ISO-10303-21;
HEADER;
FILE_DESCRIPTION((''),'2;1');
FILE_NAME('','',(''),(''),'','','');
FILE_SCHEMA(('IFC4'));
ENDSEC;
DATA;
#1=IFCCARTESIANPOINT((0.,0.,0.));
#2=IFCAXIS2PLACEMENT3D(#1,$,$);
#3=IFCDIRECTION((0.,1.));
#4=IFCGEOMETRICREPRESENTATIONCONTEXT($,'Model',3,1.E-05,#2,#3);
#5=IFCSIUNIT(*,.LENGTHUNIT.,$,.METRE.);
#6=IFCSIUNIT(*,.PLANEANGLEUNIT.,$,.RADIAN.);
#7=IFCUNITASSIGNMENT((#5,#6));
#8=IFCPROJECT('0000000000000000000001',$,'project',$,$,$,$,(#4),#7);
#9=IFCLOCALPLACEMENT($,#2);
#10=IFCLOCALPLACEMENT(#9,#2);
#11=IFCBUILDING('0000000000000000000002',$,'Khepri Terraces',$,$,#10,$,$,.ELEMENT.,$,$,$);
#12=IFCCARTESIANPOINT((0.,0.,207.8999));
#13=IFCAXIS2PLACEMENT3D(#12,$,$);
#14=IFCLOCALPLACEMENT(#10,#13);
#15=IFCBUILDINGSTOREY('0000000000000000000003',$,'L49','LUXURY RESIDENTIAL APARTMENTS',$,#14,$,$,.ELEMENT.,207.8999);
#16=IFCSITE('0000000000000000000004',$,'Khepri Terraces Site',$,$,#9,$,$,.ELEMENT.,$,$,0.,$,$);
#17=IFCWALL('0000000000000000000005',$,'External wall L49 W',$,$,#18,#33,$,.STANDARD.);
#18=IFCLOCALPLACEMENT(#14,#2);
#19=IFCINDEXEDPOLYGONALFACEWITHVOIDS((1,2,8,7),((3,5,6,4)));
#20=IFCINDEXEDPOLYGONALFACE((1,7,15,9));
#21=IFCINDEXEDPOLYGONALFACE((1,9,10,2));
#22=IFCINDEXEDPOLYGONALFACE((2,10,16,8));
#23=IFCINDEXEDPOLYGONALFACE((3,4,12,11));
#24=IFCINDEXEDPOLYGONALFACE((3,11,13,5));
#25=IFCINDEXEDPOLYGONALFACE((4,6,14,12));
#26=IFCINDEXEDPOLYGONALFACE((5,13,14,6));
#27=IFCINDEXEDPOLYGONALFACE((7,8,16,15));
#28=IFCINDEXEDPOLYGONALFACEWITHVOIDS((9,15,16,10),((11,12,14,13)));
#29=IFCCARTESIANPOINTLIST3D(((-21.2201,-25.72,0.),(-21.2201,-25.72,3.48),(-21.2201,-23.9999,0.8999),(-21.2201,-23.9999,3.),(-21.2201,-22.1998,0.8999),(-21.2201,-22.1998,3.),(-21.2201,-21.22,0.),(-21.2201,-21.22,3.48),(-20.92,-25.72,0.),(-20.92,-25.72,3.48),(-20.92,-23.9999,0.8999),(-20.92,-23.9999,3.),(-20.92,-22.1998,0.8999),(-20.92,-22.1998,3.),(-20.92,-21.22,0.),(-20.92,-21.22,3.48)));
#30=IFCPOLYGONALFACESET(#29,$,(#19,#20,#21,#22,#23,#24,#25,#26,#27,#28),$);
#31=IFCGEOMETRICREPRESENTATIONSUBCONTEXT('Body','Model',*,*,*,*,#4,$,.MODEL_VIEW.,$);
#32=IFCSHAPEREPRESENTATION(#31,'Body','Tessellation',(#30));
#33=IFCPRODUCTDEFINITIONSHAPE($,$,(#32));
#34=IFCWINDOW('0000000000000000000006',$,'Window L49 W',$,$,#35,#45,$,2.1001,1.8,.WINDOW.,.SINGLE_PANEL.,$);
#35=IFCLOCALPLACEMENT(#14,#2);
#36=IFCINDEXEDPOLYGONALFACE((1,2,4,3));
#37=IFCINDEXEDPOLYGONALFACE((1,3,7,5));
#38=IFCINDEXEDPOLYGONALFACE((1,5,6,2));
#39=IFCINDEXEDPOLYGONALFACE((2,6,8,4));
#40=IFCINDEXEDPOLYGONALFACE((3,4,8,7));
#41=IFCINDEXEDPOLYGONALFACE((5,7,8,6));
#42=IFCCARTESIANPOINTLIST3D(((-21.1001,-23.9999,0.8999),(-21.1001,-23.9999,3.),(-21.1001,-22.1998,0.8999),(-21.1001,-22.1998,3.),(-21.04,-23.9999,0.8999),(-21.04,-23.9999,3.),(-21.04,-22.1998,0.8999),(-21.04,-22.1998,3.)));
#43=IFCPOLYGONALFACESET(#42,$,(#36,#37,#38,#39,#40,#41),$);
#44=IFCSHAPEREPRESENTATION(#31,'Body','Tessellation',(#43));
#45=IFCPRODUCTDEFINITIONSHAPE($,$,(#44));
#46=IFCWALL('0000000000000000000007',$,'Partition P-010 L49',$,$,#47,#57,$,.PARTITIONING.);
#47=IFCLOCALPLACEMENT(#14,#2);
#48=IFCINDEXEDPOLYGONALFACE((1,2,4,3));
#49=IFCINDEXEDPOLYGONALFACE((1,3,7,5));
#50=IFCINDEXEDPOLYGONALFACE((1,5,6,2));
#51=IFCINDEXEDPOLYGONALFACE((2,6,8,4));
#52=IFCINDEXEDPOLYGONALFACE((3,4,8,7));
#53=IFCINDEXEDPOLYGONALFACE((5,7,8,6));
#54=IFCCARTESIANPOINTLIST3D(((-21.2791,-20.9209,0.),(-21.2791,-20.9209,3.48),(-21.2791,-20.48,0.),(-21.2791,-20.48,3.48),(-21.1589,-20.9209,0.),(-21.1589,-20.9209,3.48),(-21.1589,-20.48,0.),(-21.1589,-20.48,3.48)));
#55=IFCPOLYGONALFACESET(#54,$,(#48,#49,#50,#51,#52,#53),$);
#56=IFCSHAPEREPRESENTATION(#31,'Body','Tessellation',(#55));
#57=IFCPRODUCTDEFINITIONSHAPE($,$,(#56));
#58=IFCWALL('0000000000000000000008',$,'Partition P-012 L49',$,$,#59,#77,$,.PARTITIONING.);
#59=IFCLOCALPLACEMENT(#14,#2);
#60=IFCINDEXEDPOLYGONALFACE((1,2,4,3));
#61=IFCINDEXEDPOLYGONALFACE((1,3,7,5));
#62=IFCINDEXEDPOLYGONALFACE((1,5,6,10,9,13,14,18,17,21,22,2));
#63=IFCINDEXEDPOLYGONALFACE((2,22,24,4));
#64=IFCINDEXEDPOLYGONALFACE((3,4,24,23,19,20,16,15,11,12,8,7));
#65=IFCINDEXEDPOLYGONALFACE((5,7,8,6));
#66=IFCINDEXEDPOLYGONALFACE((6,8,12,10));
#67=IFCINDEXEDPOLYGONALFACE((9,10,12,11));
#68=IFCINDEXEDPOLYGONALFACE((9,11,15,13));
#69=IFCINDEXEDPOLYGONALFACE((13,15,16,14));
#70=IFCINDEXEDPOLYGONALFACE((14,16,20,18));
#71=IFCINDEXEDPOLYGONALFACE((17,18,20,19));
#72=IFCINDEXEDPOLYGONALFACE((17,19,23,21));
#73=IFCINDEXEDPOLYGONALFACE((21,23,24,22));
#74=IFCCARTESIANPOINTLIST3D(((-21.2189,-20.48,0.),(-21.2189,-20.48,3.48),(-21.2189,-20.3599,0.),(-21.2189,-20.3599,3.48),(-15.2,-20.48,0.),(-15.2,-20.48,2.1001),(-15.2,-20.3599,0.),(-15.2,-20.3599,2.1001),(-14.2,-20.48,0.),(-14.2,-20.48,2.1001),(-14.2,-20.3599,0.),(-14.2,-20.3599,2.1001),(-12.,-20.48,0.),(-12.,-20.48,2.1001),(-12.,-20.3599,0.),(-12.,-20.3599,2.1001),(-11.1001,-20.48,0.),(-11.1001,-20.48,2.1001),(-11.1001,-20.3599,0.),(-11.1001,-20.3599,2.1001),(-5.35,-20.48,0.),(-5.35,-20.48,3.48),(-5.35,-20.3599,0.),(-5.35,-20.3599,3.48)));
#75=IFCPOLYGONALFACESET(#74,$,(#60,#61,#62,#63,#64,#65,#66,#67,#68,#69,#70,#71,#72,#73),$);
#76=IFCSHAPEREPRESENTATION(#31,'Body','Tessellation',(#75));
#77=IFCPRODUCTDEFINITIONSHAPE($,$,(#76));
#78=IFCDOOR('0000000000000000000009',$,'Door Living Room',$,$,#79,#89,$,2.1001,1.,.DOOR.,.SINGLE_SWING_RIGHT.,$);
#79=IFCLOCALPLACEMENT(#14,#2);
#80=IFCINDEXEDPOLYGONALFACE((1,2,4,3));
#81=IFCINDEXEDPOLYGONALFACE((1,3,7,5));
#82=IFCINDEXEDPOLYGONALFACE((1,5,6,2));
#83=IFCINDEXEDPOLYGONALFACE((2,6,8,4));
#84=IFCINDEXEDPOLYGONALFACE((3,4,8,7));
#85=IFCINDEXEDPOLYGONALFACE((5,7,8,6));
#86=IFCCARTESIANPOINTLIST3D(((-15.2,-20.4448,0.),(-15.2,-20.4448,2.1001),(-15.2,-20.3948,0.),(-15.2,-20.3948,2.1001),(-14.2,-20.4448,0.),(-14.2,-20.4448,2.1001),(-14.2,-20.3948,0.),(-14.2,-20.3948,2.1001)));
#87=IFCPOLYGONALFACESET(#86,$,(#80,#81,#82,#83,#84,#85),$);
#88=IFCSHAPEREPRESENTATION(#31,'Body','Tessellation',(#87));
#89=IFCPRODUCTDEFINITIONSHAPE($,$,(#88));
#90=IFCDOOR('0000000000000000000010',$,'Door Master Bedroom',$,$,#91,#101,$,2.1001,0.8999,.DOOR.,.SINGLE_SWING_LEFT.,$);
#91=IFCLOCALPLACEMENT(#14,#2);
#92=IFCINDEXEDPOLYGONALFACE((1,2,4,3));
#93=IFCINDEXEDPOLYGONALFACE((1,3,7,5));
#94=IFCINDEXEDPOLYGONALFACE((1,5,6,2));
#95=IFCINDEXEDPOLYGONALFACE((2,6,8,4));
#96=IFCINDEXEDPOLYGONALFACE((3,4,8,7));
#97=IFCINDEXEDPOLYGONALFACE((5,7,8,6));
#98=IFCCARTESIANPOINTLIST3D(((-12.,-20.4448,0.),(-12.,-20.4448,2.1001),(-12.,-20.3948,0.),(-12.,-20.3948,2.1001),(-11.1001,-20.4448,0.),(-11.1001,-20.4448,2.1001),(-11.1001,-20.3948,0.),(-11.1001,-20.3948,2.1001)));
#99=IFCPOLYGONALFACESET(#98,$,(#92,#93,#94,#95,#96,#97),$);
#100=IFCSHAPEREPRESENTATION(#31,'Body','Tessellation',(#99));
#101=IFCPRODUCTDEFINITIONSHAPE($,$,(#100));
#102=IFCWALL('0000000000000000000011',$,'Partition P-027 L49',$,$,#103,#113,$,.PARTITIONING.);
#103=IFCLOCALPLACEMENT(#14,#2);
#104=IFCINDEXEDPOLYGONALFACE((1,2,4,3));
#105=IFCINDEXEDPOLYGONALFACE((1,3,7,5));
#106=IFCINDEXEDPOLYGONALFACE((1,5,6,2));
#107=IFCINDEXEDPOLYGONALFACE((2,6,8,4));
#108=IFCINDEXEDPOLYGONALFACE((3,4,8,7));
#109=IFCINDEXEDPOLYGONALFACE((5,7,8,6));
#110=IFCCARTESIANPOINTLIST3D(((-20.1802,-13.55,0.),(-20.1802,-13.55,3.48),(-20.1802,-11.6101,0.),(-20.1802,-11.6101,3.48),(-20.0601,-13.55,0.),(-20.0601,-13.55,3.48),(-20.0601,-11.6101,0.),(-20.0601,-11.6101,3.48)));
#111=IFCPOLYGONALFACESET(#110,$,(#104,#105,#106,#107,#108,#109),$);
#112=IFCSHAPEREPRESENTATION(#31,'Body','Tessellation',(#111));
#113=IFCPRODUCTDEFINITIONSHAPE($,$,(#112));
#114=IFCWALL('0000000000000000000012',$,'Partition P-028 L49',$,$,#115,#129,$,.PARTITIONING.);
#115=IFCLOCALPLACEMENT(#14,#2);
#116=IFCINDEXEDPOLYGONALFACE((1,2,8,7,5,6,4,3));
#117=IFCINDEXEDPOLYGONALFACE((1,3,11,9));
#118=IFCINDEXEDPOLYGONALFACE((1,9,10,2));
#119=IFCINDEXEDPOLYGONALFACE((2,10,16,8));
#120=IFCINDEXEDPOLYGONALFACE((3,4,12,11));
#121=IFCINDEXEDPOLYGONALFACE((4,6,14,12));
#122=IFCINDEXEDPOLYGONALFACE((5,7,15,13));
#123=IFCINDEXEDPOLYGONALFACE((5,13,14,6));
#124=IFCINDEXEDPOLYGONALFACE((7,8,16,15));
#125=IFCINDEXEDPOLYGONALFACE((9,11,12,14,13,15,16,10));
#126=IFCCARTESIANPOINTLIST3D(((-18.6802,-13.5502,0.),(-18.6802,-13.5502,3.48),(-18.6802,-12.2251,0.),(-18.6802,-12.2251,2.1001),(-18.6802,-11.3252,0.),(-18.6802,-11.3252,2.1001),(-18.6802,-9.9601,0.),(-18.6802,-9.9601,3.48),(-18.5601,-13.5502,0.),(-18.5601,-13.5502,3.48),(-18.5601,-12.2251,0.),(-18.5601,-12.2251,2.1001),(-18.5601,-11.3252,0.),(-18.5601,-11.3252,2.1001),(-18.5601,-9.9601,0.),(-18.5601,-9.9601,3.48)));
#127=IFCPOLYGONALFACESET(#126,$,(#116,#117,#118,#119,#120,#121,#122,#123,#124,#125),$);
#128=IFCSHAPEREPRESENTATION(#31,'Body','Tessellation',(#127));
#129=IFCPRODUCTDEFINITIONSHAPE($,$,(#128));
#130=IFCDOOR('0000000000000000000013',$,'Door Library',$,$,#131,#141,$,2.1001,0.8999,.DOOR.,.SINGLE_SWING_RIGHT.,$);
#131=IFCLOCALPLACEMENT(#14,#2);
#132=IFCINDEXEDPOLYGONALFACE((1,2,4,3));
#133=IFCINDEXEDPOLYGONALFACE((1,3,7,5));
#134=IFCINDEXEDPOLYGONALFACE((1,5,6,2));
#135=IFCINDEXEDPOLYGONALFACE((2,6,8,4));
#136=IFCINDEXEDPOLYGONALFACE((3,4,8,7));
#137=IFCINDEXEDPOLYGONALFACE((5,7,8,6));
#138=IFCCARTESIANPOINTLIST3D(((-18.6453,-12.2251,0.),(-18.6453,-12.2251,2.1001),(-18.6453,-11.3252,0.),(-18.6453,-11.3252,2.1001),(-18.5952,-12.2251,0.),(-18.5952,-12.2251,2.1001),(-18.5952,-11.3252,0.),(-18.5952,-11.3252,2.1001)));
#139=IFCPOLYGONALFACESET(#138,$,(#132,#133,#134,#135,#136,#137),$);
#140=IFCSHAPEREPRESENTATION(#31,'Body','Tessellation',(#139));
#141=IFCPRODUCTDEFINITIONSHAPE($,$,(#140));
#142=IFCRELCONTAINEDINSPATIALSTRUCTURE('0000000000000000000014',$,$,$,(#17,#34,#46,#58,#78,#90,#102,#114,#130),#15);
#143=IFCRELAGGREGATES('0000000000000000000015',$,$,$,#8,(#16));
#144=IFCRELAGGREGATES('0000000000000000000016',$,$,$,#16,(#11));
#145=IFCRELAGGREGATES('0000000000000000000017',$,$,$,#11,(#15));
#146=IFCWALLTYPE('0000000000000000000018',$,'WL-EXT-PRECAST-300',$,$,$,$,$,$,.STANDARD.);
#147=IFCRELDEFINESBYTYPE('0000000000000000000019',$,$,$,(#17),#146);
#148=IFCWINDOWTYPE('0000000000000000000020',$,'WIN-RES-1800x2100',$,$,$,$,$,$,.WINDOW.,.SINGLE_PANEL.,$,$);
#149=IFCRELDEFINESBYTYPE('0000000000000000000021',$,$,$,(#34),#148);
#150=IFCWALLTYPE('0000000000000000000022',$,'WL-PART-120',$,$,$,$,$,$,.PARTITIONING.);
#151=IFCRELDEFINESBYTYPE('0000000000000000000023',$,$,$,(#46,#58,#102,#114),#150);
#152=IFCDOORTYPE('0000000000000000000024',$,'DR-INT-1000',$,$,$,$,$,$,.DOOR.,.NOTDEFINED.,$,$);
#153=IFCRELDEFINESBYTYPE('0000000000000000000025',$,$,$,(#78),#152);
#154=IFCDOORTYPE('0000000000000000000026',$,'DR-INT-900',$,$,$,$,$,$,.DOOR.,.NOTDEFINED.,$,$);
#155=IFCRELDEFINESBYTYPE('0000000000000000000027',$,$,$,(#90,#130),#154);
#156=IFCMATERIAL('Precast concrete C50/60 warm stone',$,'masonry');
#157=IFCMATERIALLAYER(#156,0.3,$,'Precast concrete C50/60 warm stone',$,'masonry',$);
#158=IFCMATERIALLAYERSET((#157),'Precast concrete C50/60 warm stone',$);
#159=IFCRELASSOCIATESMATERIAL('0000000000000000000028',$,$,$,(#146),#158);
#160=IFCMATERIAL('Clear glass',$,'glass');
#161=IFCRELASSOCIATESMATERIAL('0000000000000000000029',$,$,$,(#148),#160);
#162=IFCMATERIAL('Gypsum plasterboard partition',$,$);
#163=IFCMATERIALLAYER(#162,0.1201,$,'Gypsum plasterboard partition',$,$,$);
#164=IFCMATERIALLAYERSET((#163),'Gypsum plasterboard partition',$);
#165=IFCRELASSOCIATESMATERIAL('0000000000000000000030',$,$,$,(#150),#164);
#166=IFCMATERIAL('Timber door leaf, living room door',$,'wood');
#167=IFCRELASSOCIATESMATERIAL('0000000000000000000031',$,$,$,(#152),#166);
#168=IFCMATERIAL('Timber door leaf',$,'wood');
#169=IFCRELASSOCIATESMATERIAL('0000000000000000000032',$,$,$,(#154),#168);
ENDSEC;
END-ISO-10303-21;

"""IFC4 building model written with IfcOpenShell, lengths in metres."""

from ifc_helpers import new_model, si_unit, direction, frame, frame_2d, origin, place, context, subcontext, project, spatial, rectangle, extrude, material, layer, layer_set, type_object, element, fill, save


model = new_model("IFC4")

# Units and contexts
model_context = context("Model", 3, precision=1e-05, world=origin(), true_north=direction((0.0, 1.0)))
body_context = subcontext(model_context, "Body", "Model", "MODEL_VIEW")
ifc_project = project(units=[si_unit("LENGTHUNIT", "METRE"), si_unit("PLANEANGLEUNIT", "RADIAN")], contexts=[model_context])

# Site, building, storey
site_placement = place(None, origin())
site = spatial("IfcSite", under=ifc_project, at=site_placement, Name="Khepri Terraces Site", CompositionType="ELEMENT", RefElevation=0.0)
building_placement = place(site_placement, origin())
building = spatial("IfcBuilding", under=site, at=building_placement, Name="Khepri Terraces", CompositionType="ELEMENT")
storey_placement = place(building_placement, frame((0.0, 0.0, 207.8999)))
storey = spatial("IfcBuildingStorey", under=building, at=storey_placement, Name="L49", Description="LUXURY RESIDENTIAL APARTMENTS", CompositionType="ELEMENT", Elevation=207.8999)

# Wall, opening, window
ifc_material_1 = material(Name="Precast concrete C50/60 warm stone", Category="masonry")
ifc_layer_1 = layer(ifc_material_1, 0.3, Name="Precast concrete C50/60 warm stone", Category="masonry")
ifc_layer_set_1 = layer_set([ifc_layer_1], Name="Precast concrete C50/60 warm stone")
wall_type_1 = type_object("IfcWallType", Name="WL-EXT-PRECAST-300", PredefinedType="STANDARD", material=ifc_layer_set_1)
ifc_material_2 = material(Name="Clear glass", Category="glass")
window_type = type_object("IfcWindowType", Name="WIN-RES-1800x2100", PartitioningType="SINGLE_PANEL", PredefinedType="WINDOW", material=ifc_material_2)
wall_1_placement = place(storey_placement, frame((-21.0701, -21.22, 0.0), z_axis=(0.0, 0.0, 1.0), x_axis=(0.0, -1.0, 0.0)))
wall_1 = element("IfcWall", 1, at=wall_1_placement, inside=storey, type_object=wall_type_1, Name="External wall L49 W", PredefinedType="STANDARD", context=body_context, shape_type="SweptSolid", body=[
    extrude(rectangle(XDim=4.5, YDim=0.3, at=frame_2d((2.25, 0.0))), origin(), (0.0, 0.0, 1.0), 3.48),
])
opening_1_placement = place(wall_1_placement, frame((0.98, 0.0, 0.8999)))
opening_1 = element("IfcOpeningElement", 2, at=opening_1_placement, cuts=wall_1, PredefinedType="OPENING", context=body_context, shape_type="SweptSolid", body=[
    extrude(rectangle(XDim=1.8, YDim=2.1001, at=frame_2d((0.8999, 1.05))), frame((0.0, 0.1602, 0.0), z_axis=(0.0, -1.0, 0.0), x_axis=(1.0, 0.0, 0.0)), (0.0, 0.0, 1.0), 0.3201),
])
window_1_placement = place(opening_1_placement, origin())
window_1 = element("IfcWindow", 3, at=window_1_placement, inside=storey, type_object=window_type, Name="Window L49 W", OverallHeight=2.1001, OverallWidth=1.8, PartitioningType="SINGLE_PANEL", PredefinedType="WINDOW", context=body_context, shape_type="SweptSolid", body=[
    extrude(rectangle(XDim=1.8, YDim=2.1001, at=frame_2d((0.8999, 1.05))), frame((0.0, 0.03, 0.0), z_axis=(0.0, -1.0, 0.0), x_axis=(1.0, 0.0, 0.0)), (0.0, 0.0, 1.0), 0.0601),
])
fill(opening_1, window_1)

# Wall
ifc_material_3 = material(Name="Gypsum plasterboard partition")
ifc_layer_2 = layer(ifc_material_3, 0.1201, Name="Gypsum plasterboard partition")
ifc_layer_set_2 = layer_set([ifc_layer_2], Name="Gypsum plasterboard partition")
wall_type_2 = type_object("IfcWallType", Name="WL-PART-120", PredefinedType="PARTITIONING", material=ifc_layer_set_2)
wall_2_placement = place(storey_placement, frame((-21.219, -20.9209, 0.0), z_axis=(0.0, 0.0, 1.0), x_axis=(0.0, 1.0, 0.0)))
element("IfcWall", 4, at=wall_2_placement, inside=storey, type_object=wall_type_2, Name="Partition P-010 L49", PredefinedType="PARTITIONING", context=body_context, shape_type="SweptSolid", body=[
    extrude(rectangle(XDim=0.4409, YDim=0.1201, at=frame_2d((0.2205, 0.0))), origin(), (0.0, 0.0, 1.0), 3.48),
])

# Wall, openings, doors
wall_3_placement = place(storey_placement, frame((-21.219, -20.4199, 0.0), z_axis=(0.0, 0.0, 1.0), x_axis=(1.0, 0.0, 0.0)))
wall_3 = element("IfcWall", 5, at=wall_3_placement, inside=storey, type_object=wall_type_2, Name="Partition P-012 L49", PredefinedType="PARTITIONING", context=body_context, shape_type="SweptSolid", body=[
    extrude(rectangle(XDim=15.8689, YDim=0.1201, at=frame_2d((7.9346, 0.0))), origin(), (0.0, 0.0, 1.0), 3.48),
])
opening_2_placement = place(wall_3_placement, frame((6.019, 0.0, 0.0)))
opening_2 = element("IfcOpeningElement", 6, at=opening_2_placement, cuts=wall_3, PredefinedType="OPENING", context=body_context, shape_type="SweptSolid", body=[
    extrude(rectangle(XDim=1.0, YDim=2.1001, at=frame_2d((0.5, 1.05))), frame((0.0, 0.0701, 0.0), z_axis=(0.0, -1.0, 0.0), x_axis=(1.0, 0.0, 0.0)), (0.0, 0.0, 1.0), 0.1401),
])
opening_3_placement = place(wall_3_placement, frame((9.219, 0.0, 0.0)))
opening_3 = element("IfcOpeningElement", 7, at=opening_3_placement, cuts=wall_3, PredefinedType="OPENING", context=body_context, shape_type="SweptSolid", body=[
    extrude(rectangle(XDim=0.8999, YDim=2.1001, at=frame_2d((0.45, 1.05))), frame((0.0, 0.0701, 0.0), z_axis=(0.0, -1.0, 0.0), x_axis=(1.0, 0.0, 0.0)), (0.0, 0.0, 1.0), 0.1401),
])
ifc_material_4 = material(Name="Timber door leaf, living room door", Category="wood")
door_type_1 = type_object("IfcDoorType", Name="DR-INT-1000", OperationType="NOTDEFINED", PredefinedType="DOOR", material=ifc_material_4)
door_1_placement = place(opening_2_placement, frame((1.0, 0.0, 0.0), z_axis=(0.0, 0.0, 1.0), x_axis=(-1.0, 0.0, 0.0)))
door_1 = element("IfcDoor", 8, at=door_1_placement, inside=storey, type_object=door_type_1, Name="Door Living Room", OperationType="SINGLE_SWING_RIGHT", OverallHeight=2.1001, OverallWidth=1.0, PredefinedType="DOOR", context=body_context, shape_type="SweptSolid", body=[
    extrude(rectangle(XDim=1.0, YDim=2.1001, at=frame_2d((0.5, 1.05))), frame((0.0, 0.0249, 0.0), z_axis=(0.0, -1.0, 0.0), x_axis=(1.0, 0.0, 0.0)), (0.0, 0.0, 1.0), 0.05),
])
fill(opening_2, door_1)
ifc_material_5 = material(Name="Timber door leaf", Category="wood")
door_type_2 = type_object("IfcDoorType", Name="DR-INT-900", OperationType="NOTDEFINED", PredefinedType="DOOR", material=ifc_material_5)
door_2_placement = place(opening_3_placement, frame((0.8999, 0.0, 0.0), z_axis=(0.0, 0.0, 1.0), x_axis=(-1.0, 0.0, 0.0)))
door_2 = element("IfcDoor", 9, at=door_2_placement, inside=storey, type_object=door_type_2, Name="Door Master Bedroom", OperationType="SINGLE_SWING_LEFT", OverallHeight=2.1001, OverallWidth=0.8999, PredefinedType="DOOR", context=body_context, shape_type="SweptSolid", body=[
    extrude(rectangle(XDim=0.8999, YDim=2.1001, at=frame_2d((0.45, 1.05))), frame((0.0, 0.0249, 0.0), z_axis=(0.0, -1.0, 0.0), x_axis=(1.0, 0.0, 0.0)), (0.0, 0.0, 1.0), 0.05),
])
fill(opening_3, door_2)

# Wall
wall_4_placement = place(storey_placement, frame((-20.1201, -13.55, 0.0), z_axis=(0.0, 0.0, 1.0), x_axis=(0.0, 1.0, 0.0)))
element("IfcWall", 10, at=wall_4_placement, inside=storey, type_object=wall_type_2, Name="Partition P-027 L49", PredefinedType="PARTITIONING", context=body_context, shape_type="SweptSolid", body=[
    extrude(rectangle(XDim=1.9399, YDim=0.1201, at=frame_2d((0.97, 0.0))), origin(), (0.0, 0.0, 1.0), 3.48),
])

# Wall, opening, door
wall_5_placement = place(storey_placement, frame((-18.6201, -13.55, 0.0), z_axis=(0.0, 0.0, 1.0), x_axis=(0.0, 1.0, 0.0)))
wall_5 = element("IfcWall", 11, at=wall_5_placement, inside=storey, type_object=wall_type_2, Name="Partition P-028 L49", PredefinedType="PARTITIONING", context=body_context, shape_type="SweptSolid", body=[
    extrude(rectangle(XDim=3.5901, YDim=0.1201, at=frame_2d((1.7949, 0.0))), origin(), (0.0, 0.0, 1.0), 3.48),
])
opening_4_placement = place(wall_5_placement, frame((1.325, 0.0, 0.0)))
opening_4 = element("IfcOpeningElement", 12, at=opening_4_placement, cuts=wall_5, PredefinedType="OPENING", context=body_context, shape_type="SweptSolid", body=[
    extrude(rectangle(XDim=0.8999, YDim=2.1001, at=frame_2d((0.45, 1.05))), frame((0.0, 0.0701, 0.0), z_axis=(0.0, -1.0, 0.0), x_axis=(1.0, 0.0, 0.0)), (0.0, 0.0, 1.0), 0.1401),
])
door_3_placement = place(opening_4_placement, frame((0.8999, 0.0, 0.0), z_axis=(0.0, 0.0, 1.0), x_axis=(-1.0, 0.0, 0.0)))
door_3 = element("IfcDoor", 13, at=door_3_placement, inside=storey, type_object=door_type_2, Name="Door Library", OperationType="SINGLE_SWING_RIGHT", OverallHeight=2.1001, OverallWidth=0.8999, PredefinedType="DOOR", context=body_context, shape_type="SweptSolid", body=[
    extrude(rectangle(XDim=0.8999, YDim=2.1001, at=frame_2d((0.45, 1.05))), frame((0.0, 0.0249, 0.0), z_axis=(0.0, -1.0, 0.0), x_axis=(1.0, 0.0, 0.0)), (0.0, 0.0, 1.0), 0.05),
])
fill(opening_4, door_3)

save(model, "model.ifc")
